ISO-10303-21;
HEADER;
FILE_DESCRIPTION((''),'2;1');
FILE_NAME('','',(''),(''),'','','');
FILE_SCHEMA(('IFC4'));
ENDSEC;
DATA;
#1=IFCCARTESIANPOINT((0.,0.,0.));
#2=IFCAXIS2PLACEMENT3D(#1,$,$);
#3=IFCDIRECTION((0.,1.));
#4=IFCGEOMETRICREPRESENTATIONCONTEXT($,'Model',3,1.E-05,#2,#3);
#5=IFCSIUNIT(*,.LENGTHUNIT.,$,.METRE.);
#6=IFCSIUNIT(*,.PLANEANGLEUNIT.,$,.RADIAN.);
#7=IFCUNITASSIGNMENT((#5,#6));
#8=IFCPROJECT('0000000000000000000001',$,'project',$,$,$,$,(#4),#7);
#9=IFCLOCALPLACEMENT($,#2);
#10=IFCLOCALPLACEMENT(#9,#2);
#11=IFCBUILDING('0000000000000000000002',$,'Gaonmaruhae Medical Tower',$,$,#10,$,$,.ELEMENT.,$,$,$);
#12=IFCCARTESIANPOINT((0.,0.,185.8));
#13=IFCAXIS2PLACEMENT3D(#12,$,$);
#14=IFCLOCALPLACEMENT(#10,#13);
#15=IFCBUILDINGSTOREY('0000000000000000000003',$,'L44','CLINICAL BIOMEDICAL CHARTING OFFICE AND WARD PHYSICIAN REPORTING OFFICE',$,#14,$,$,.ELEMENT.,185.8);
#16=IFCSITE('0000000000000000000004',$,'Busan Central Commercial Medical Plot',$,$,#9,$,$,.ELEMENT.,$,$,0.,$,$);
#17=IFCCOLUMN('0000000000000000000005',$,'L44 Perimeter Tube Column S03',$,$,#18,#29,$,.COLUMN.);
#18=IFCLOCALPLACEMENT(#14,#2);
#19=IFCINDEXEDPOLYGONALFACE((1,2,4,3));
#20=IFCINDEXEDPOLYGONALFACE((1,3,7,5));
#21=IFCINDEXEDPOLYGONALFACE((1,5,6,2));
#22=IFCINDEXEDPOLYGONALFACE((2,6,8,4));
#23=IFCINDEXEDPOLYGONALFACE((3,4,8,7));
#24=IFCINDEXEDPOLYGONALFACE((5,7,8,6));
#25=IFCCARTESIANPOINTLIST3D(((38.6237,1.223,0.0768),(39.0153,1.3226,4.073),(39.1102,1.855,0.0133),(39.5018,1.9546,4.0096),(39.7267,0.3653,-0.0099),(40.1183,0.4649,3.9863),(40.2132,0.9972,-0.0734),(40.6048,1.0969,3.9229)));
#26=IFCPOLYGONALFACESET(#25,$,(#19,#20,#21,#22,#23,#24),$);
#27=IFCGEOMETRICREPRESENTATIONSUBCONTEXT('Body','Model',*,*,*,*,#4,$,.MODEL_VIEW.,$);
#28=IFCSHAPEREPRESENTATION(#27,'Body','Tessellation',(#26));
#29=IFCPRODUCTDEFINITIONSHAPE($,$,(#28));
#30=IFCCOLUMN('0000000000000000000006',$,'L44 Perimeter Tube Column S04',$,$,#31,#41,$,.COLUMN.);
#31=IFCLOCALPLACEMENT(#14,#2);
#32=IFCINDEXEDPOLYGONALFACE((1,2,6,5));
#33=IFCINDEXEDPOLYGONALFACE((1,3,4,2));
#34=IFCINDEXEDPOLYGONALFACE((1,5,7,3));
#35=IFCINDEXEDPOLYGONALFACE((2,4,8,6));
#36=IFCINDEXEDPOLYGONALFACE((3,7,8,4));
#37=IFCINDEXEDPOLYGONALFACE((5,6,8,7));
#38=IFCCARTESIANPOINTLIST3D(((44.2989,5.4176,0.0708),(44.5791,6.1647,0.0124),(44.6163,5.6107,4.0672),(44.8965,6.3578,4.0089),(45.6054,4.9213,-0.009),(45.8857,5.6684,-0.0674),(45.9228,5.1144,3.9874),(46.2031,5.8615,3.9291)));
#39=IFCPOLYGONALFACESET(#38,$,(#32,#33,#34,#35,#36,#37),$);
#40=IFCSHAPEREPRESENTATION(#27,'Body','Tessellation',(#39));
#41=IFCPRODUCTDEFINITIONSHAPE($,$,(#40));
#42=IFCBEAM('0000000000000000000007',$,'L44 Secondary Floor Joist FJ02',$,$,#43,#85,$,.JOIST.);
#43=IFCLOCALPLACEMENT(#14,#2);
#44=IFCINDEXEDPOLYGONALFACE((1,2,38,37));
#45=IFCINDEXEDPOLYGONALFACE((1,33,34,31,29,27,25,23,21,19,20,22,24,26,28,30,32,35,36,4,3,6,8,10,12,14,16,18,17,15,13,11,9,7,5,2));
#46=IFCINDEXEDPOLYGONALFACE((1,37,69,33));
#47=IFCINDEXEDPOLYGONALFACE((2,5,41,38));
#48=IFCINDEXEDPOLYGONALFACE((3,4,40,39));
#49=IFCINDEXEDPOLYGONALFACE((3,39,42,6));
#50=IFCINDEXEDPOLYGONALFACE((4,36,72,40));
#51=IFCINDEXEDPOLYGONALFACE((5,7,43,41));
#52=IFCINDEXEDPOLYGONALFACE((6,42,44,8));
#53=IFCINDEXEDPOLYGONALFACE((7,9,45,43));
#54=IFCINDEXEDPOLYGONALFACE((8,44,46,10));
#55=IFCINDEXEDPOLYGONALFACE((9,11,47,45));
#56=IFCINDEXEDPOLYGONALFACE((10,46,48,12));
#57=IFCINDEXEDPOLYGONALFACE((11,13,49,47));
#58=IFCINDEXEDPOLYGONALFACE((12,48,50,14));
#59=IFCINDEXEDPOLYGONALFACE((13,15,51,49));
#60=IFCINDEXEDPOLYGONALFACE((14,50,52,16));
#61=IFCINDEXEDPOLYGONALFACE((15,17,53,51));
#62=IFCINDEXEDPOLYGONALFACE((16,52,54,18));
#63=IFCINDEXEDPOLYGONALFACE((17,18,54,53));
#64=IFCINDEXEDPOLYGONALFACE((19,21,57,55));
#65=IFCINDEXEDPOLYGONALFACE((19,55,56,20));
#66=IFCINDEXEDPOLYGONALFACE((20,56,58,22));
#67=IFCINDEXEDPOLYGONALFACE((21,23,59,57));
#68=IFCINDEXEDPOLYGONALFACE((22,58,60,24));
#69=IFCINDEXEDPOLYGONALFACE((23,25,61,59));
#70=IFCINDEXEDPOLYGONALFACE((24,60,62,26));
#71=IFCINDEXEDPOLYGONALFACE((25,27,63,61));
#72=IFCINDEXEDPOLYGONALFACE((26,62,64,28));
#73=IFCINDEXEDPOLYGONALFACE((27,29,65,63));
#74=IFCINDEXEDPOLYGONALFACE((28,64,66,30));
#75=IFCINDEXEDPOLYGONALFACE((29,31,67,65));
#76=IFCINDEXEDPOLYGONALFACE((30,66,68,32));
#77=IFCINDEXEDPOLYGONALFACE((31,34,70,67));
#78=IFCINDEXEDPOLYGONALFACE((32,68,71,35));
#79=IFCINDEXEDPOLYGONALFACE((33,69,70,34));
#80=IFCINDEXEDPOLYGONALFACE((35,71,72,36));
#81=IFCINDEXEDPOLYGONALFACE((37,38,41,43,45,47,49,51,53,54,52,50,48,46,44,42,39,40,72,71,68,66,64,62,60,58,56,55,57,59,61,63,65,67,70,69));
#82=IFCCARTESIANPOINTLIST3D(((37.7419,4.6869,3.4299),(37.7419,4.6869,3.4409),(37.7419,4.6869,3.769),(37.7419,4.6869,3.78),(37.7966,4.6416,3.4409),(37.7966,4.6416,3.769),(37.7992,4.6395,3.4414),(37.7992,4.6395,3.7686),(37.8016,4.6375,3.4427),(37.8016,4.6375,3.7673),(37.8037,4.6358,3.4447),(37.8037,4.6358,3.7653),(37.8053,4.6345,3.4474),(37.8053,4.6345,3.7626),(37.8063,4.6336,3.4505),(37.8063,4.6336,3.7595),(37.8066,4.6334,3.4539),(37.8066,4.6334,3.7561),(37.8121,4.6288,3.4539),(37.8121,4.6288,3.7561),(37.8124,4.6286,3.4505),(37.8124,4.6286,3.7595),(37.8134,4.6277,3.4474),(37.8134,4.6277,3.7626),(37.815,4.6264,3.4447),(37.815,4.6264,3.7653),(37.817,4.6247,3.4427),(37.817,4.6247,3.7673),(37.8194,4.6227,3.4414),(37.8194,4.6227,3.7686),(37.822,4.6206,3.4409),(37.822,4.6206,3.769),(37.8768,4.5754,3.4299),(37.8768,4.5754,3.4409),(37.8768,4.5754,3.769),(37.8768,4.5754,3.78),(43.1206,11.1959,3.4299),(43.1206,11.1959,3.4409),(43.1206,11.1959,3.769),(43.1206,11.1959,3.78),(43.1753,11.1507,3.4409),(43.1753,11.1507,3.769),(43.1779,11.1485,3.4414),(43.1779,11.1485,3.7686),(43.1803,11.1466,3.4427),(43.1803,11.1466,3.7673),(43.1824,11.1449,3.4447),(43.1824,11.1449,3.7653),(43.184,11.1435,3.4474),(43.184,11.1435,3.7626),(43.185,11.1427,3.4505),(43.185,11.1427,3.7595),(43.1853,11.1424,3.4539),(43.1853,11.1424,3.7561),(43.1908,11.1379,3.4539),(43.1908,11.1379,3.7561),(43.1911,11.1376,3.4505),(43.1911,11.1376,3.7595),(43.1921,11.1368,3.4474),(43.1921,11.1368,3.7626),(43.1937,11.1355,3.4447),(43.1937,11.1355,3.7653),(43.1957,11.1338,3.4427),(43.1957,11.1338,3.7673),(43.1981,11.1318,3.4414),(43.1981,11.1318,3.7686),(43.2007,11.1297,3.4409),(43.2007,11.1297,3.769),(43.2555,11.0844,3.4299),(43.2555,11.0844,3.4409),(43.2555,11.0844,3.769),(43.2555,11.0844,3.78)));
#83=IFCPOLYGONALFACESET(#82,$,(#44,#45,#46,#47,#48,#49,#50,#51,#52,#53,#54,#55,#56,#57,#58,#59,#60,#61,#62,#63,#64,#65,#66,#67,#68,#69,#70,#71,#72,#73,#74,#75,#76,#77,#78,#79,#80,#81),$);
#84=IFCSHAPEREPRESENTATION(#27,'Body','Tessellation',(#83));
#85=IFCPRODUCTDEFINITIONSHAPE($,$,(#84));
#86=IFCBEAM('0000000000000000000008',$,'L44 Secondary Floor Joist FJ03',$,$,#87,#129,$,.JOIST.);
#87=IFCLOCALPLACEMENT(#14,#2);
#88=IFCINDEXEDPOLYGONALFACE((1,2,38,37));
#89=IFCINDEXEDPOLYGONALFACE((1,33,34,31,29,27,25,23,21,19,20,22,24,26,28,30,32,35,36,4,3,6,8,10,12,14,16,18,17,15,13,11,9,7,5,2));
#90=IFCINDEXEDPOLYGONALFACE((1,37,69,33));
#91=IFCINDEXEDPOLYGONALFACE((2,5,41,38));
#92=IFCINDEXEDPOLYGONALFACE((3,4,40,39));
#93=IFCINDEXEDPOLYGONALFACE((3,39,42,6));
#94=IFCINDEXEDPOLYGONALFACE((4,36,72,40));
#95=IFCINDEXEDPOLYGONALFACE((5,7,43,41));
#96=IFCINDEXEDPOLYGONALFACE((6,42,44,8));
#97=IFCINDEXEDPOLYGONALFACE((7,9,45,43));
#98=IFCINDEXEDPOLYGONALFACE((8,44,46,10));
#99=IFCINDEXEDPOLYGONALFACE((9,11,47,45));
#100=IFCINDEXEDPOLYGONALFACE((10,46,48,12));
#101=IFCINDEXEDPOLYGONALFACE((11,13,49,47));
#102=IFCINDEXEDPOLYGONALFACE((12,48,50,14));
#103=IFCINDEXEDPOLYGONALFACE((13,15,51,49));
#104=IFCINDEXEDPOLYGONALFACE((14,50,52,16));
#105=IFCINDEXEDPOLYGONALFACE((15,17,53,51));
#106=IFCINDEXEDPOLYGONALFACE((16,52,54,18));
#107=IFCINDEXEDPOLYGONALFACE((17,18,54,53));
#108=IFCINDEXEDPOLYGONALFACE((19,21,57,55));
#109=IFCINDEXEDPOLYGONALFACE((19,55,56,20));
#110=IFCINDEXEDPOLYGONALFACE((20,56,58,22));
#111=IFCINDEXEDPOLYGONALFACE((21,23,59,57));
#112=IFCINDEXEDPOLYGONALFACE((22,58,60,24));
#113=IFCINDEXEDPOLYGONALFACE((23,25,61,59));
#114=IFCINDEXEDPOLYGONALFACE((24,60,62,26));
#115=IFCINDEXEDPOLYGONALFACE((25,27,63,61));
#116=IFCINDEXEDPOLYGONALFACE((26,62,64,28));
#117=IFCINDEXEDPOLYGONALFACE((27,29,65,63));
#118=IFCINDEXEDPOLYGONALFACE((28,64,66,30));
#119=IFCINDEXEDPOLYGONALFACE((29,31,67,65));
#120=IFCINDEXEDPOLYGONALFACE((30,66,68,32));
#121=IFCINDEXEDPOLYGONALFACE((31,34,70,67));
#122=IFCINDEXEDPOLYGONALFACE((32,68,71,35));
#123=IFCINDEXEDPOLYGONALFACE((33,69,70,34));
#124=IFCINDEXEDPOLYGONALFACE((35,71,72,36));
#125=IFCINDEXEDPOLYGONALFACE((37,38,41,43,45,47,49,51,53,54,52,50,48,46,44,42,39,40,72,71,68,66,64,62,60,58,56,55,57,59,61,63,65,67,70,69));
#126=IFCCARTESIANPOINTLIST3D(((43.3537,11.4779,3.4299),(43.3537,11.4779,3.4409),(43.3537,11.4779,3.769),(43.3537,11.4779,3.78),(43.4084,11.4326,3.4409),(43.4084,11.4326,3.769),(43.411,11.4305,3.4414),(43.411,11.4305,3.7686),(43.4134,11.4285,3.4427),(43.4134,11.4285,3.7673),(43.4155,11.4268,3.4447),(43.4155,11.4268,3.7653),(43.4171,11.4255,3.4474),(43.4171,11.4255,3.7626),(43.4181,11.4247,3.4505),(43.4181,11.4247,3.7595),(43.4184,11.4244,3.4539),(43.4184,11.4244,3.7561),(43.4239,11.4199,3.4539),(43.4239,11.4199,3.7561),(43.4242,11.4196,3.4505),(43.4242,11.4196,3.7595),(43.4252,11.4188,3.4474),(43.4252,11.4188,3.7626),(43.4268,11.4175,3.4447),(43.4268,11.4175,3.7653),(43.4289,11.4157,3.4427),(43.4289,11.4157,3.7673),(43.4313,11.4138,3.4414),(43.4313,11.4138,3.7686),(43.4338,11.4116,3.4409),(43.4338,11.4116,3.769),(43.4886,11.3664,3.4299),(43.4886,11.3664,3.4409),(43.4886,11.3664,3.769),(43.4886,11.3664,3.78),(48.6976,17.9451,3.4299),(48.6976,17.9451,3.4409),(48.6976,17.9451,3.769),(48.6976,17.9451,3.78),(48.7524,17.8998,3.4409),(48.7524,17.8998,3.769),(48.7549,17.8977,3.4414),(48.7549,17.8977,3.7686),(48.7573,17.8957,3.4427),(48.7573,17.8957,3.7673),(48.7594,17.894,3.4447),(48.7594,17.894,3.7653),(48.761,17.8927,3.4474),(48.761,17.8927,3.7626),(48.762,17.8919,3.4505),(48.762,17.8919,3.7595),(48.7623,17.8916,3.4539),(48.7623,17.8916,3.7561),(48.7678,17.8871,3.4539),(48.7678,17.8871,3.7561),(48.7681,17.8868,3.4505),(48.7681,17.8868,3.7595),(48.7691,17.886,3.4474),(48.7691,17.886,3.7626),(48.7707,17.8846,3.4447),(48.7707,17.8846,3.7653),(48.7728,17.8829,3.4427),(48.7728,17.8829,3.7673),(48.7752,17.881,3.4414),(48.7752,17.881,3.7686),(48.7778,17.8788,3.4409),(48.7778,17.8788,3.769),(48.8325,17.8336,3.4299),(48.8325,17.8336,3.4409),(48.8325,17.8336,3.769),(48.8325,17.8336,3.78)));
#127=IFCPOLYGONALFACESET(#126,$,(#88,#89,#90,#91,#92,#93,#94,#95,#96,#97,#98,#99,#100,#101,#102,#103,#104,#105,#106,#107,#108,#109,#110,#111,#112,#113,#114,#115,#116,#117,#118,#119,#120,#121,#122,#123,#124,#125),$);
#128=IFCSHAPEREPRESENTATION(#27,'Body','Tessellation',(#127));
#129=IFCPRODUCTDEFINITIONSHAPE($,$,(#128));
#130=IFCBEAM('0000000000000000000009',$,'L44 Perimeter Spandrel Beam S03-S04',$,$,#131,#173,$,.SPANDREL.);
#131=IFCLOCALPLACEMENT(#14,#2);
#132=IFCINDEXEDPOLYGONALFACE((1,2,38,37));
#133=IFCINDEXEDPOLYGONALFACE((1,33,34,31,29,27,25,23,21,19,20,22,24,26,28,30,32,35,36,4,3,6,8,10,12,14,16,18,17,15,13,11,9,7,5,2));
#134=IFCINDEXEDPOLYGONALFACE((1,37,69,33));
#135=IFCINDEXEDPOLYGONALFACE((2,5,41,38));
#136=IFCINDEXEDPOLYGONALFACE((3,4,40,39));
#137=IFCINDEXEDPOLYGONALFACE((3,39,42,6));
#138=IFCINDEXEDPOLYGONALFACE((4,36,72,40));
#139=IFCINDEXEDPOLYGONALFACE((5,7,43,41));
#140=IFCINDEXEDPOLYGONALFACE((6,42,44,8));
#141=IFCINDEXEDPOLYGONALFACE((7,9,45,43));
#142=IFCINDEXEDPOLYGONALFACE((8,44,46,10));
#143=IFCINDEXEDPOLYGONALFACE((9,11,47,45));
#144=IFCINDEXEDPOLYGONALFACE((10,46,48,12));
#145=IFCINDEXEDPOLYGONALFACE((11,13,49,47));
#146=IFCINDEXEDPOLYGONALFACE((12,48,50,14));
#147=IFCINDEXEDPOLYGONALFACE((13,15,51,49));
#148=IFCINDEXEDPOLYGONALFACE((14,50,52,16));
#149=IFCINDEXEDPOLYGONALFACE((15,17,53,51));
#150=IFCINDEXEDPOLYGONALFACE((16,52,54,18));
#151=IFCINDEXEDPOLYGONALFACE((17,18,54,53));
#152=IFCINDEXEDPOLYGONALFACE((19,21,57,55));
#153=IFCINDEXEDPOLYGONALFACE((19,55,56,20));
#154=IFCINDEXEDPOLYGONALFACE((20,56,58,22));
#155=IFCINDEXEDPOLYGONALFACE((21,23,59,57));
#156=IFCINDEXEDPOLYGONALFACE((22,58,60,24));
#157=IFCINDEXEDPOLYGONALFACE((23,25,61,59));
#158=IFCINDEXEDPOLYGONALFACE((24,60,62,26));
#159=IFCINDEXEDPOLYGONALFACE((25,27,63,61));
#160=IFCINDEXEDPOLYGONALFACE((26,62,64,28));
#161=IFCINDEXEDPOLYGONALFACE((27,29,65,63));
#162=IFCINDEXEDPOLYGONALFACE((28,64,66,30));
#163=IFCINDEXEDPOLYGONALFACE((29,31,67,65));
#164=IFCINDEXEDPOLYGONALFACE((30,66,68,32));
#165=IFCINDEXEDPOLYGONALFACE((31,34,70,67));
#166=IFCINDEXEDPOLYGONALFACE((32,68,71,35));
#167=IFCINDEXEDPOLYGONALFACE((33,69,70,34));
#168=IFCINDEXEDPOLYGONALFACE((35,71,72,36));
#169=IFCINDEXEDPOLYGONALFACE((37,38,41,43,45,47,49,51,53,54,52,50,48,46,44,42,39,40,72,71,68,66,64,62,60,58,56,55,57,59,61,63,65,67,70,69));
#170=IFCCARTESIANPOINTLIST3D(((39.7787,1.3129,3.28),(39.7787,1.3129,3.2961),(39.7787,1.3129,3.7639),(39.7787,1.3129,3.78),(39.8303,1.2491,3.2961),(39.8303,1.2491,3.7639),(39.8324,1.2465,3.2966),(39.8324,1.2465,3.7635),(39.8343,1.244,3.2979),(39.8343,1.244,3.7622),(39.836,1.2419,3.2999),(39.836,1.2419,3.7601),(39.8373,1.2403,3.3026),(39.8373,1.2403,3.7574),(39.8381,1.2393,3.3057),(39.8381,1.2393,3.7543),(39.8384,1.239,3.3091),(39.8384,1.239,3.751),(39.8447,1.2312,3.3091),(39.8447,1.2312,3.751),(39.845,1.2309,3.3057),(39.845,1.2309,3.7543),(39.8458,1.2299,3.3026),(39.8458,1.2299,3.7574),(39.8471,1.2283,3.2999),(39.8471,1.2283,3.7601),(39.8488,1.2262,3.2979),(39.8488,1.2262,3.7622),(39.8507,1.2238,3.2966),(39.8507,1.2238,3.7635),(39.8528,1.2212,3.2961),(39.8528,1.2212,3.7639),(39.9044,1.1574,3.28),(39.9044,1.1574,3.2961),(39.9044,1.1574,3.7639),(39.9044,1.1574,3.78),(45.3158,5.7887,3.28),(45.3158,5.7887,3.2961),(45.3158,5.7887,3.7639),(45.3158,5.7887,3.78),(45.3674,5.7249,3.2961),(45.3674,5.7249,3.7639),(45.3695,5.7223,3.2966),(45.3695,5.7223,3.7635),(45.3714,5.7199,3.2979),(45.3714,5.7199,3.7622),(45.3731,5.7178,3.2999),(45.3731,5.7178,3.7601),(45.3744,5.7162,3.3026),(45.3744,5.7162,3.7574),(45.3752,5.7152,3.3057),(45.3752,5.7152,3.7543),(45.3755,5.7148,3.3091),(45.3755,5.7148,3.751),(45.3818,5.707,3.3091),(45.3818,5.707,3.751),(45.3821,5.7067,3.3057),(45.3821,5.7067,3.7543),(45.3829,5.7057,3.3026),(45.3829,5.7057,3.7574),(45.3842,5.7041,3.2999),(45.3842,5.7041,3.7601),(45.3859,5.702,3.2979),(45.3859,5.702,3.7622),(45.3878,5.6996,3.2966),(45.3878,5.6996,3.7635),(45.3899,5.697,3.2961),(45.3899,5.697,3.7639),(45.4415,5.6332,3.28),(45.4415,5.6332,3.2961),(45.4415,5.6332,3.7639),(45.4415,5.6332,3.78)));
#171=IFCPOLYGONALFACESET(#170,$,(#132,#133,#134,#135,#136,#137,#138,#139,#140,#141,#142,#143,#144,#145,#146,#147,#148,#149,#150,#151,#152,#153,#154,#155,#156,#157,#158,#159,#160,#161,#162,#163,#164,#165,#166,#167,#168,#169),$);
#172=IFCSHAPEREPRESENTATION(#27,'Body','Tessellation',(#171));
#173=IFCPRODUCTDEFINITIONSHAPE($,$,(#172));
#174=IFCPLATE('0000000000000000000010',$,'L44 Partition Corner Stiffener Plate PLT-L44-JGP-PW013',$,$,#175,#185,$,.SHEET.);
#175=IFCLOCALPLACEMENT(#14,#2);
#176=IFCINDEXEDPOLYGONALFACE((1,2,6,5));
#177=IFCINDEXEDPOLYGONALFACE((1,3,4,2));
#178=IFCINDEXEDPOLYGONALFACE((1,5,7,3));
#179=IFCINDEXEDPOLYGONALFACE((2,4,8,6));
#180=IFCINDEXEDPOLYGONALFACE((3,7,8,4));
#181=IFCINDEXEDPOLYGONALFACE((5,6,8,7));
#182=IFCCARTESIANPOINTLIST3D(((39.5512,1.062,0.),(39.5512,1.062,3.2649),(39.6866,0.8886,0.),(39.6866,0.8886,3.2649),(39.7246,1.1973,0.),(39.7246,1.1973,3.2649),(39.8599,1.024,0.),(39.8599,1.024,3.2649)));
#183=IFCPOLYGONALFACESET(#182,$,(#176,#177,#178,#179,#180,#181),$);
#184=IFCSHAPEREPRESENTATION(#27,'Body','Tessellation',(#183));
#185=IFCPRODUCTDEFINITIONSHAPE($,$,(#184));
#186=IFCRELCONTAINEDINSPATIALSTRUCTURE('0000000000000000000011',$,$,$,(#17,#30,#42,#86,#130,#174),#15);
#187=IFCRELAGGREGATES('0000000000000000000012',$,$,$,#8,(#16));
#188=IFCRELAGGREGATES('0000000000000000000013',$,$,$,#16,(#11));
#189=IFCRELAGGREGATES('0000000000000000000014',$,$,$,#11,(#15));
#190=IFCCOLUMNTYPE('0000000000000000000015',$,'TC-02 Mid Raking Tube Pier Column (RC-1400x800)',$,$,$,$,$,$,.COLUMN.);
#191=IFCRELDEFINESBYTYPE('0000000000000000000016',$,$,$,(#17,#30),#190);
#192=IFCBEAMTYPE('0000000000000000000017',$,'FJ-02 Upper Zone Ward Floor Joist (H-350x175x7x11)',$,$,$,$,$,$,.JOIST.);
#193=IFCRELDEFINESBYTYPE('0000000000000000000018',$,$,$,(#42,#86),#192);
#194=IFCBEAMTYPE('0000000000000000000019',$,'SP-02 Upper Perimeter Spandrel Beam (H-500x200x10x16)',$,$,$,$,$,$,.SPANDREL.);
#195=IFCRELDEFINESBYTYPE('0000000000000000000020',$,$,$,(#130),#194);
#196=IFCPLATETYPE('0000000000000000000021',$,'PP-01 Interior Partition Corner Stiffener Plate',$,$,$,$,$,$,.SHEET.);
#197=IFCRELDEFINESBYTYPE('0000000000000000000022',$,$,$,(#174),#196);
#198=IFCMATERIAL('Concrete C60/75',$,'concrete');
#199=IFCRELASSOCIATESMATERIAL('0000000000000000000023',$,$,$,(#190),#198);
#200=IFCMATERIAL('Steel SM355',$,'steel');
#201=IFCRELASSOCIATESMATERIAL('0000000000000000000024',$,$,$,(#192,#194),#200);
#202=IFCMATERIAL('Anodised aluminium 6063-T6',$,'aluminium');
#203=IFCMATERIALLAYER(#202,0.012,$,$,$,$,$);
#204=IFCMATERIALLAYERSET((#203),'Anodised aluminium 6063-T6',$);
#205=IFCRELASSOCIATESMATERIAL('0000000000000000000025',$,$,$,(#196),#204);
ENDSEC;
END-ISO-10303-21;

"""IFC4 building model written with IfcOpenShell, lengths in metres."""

from ifc_helpers import new_model, si_unit, direction, frame, origin, origin_2d, place, context, subcontext, project, spatial, rectangle, i_section, extrude, material, layer, layer_set, material_profile, profile_set, type_object, element, save


model = new_model("IFC4")

# Units and contexts
model_context = context("Model", 3, precision=1e-05, world=origin(), true_north=direction((0.0, 1.0)))
body_context = subcontext(model_context, "Body", "Model", "MODEL_VIEW")
ifc_project = project(units=[si_unit("LENGTHUNIT", "METRE"), si_unit("PLANEANGLEUNIT", "RADIAN")], contexts=[model_context])

# Site, building, storey
site_placement = place(None, origin())
site = spatial("IfcSite", under=ifc_project, at=site_placement, Name="Busan Central Commercial Medical Plot", CompositionType="ELEMENT", RefElevation=0.0)
building_placement = place(site_placement, origin())
building = spatial("IfcBuilding", under=site, at=building_placement, Name="Gaonmaruhae Medical Tower", CompositionType="ELEMENT")
storey_placement = place(building_placement, frame((0.0, 0.0, 185.8)))
storey = spatial("IfcBuildingStorey", under=building, at=storey_placement, Name="L44", Description="CLINICAL BIOMEDICAL CHARTING OFFICE AND WARD PHYSICIAN REPORTING OFFICE", CompositionType="ELEMENT", Elevation=185.8)

# Columns
ifc_material_1 = material(Name="Concrete C60/75", Category="concrete")
ifc_material_profile_1 = material_profile(ifc_material_1, rectangle(XDim=1.3999, YDim=0.8, at=origin_2d()), Name="RC-1400x800")
ifc_profile_set_1 = profile_set([ifc_material_profile_1], Name="Concrete C60/75")
column_type = type_object("IfcColumnType", Name="TC-02 Mid Raking Tube Pier Column (RC-1400x800)", PredefinedType="COLUMN", material=ifc_profile_set_1)
column_1_placement = place(storey_placement, frame((39.4185, 1.1101, 0.0017), z_axis=(0.097493, 0.024799, 0.994927), x_axis=(-0.787891, 0.612693, 0.061934)))
element("IfcColumn", 1, at=column_1_placement, inside=storey, type_object=column_type, Name="L44 Perimeter Tube Column S03", PredefinedType="COLUMN", context=body_context, shape_type="SweptSolid", body=[
    extrude(rectangle(XDim=1.3999, YDim=0.8, at=origin_2d()), origin(), (0.0, 0.0, 1.0), 4.0166),
])
column_2_placement = place(storey_placement, frame((45.0923, 5.543, 0.0017), z_axis=(0.079077, 0.048116, 0.995707), x_axis=(-0.933302, 0.35454, 0.056989)))
element("IfcColumn", 2, at=column_2_placement, inside=storey, type_object=column_type, Name="L44 Perimeter Tube Column S04", PredefinedType="COLUMN", context=body_context, shape_type="SweptSolid", body=[
    extrude(rectangle(XDim=1.3999, YDim=0.8, at=origin_2d()), origin(), (0.0, 0.0, 1.0), 4.0137),
])

# Beams
ifc_material_2 = material(Name="Steel SM355", Category="steel")
ifc_material_profile_2 = material_profile(ifc_material_2, i_section(OverallWidth=0.175, OverallDepth=0.3501, WebThickness=0.0071, FlangeThickness=0.011, FilletRadius=0.0129, at=origin_2d()), Name="H-350x175x7x11")
ifc_profile_set_2 = profile_set([ifc_material_profile_2], Name="Steel SM355")
beam_type_1 = type_object("IfcBeamType", Name="FJ-02 Upper Zone Ward Floor Joist (H-350x175x7x11)", PredefinedType="JOIST", material=ifc_profile_set_2)
beam_1_placement = place(storey_placement, frame((37.8093, 4.6311, 3.605), z_axis=(0.636997, 0.770867, 0.0), x_axis=(-0.770867, 0.636997, 0.0)))
element("IfcBeam", 3, at=beam_1_placement, inside=storey, type_object=beam_type_1, Name="L44 Secondary Floor Joist FJ02", PredefinedType="JOIST", context=body_context, shape_type="SweptSolid", body=[
    extrude(i_section(OverallWidth=0.175, OverallDepth=0.3501, WebThickness=0.0071, FlangeThickness=0.011, FilletRadius=0.0129, at=origin_2d()), origin(), (0.0, 0.0, 1.0), 8.4438),
])
beam_2_placement = place(storey_placement, frame((43.4211, 11.4221, 3.605), z_axis=(0.636984, 0.770877, 0.0), x_axis=(-0.770877, 0.636984, 0.0)))
element("IfcBeam", 4, at=beam_2_placement, inside=storey, type_object=beam_type_1, Name="L44 Secondary Floor Joist FJ03", PredefinedType="JOIST", context=body_context, shape_type="SweptSolid", body=[
    extrude(i_section(OverallWidth=0.175, OverallDepth=0.3501, WebThickness=0.0071, FlangeThickness=0.011, FilletRadius=0.0129, at=origin_2d()), origin(), (0.0, 0.0, 1.0), 8.3894),
])
ifc_material_profile_3 = material_profile(ifc_material_2, i_section(OverallWidth=0.2, OverallDepth=0.5, WebThickness=0.01, FlangeThickness=0.0161, FilletRadius=0.0129, at=origin_2d()), Name="H-500x200x10x16")
ifc_profile_set_3 = profile_set([ifc_material_profile_3], Name="Steel SM355")
beam_type_2 = type_object("IfcBeamType", Name="SP-02 Upper Perimeter Spandrel Beam (H-500x200x10x16)", PredefinedType="SPANDREL", material=ifc_profile_set_3)
beam_3_placement = place(storey_placement, frame((39.8416, 1.2351, 3.53), z_axis=(0.777697, 0.628639, 0.0), x_axis=(-0.628639, 0.777697, 0.0)))
element("IfcBeam", 5, at=beam_3_placement, inside=storey, type_object=beam_type_2, Name="L44 Perimeter Spandrel Beam S03-S04", PredefinedType="SPANDREL", context=body_context, shape_type="SweptSolid", body=[
    extrude(i_section(OverallWidth=0.2, OverallDepth=0.5, WebThickness=0.01, FlangeThickness=0.0161, FilletRadius=0.0129, at=origin_2d()), origin(), (0.0, 0.0, 1.0), 7.1199),
])

# Plate
ifc_material_3 = material(Name="Anodised aluminium 6063-T6", Category="aluminium")
ifc_layer_1 = layer(ifc_material_3, 0.012)
ifc_layer_set_1 = layer_set([ifc_layer_1], Name="Anodised aluminium 6063-T6")
plate_type = type_object("IfcPlateType", Name="PP-01 Interior Partition Corner Stiffener Plate", PredefinedType="SHEET", material=ifc_layer_set_1)
plate_placement = place(storey_placement, frame((39.7056, 1.043, 0.0), z_axis=(0.0, 0.0, 1.0), x_axis=(-0.788193, -0.615428, 0.0)))
element("IfcPlate", 6, at=plate_placement, inside=storey, type_object=plate_type, Name="L44 Partition Corner Stiffener Plate PLT-L44-JGP-PW013", PredefinedType="SHEET", context=body_context, shape_type="SweptSolid", body=[
    extrude(rectangle(XDim=0.22, YDim=0.22, at=origin_2d()), origin(), (0.0, 0.0, 1.0), 3.2649),
])

save(model, "model.ifc")
